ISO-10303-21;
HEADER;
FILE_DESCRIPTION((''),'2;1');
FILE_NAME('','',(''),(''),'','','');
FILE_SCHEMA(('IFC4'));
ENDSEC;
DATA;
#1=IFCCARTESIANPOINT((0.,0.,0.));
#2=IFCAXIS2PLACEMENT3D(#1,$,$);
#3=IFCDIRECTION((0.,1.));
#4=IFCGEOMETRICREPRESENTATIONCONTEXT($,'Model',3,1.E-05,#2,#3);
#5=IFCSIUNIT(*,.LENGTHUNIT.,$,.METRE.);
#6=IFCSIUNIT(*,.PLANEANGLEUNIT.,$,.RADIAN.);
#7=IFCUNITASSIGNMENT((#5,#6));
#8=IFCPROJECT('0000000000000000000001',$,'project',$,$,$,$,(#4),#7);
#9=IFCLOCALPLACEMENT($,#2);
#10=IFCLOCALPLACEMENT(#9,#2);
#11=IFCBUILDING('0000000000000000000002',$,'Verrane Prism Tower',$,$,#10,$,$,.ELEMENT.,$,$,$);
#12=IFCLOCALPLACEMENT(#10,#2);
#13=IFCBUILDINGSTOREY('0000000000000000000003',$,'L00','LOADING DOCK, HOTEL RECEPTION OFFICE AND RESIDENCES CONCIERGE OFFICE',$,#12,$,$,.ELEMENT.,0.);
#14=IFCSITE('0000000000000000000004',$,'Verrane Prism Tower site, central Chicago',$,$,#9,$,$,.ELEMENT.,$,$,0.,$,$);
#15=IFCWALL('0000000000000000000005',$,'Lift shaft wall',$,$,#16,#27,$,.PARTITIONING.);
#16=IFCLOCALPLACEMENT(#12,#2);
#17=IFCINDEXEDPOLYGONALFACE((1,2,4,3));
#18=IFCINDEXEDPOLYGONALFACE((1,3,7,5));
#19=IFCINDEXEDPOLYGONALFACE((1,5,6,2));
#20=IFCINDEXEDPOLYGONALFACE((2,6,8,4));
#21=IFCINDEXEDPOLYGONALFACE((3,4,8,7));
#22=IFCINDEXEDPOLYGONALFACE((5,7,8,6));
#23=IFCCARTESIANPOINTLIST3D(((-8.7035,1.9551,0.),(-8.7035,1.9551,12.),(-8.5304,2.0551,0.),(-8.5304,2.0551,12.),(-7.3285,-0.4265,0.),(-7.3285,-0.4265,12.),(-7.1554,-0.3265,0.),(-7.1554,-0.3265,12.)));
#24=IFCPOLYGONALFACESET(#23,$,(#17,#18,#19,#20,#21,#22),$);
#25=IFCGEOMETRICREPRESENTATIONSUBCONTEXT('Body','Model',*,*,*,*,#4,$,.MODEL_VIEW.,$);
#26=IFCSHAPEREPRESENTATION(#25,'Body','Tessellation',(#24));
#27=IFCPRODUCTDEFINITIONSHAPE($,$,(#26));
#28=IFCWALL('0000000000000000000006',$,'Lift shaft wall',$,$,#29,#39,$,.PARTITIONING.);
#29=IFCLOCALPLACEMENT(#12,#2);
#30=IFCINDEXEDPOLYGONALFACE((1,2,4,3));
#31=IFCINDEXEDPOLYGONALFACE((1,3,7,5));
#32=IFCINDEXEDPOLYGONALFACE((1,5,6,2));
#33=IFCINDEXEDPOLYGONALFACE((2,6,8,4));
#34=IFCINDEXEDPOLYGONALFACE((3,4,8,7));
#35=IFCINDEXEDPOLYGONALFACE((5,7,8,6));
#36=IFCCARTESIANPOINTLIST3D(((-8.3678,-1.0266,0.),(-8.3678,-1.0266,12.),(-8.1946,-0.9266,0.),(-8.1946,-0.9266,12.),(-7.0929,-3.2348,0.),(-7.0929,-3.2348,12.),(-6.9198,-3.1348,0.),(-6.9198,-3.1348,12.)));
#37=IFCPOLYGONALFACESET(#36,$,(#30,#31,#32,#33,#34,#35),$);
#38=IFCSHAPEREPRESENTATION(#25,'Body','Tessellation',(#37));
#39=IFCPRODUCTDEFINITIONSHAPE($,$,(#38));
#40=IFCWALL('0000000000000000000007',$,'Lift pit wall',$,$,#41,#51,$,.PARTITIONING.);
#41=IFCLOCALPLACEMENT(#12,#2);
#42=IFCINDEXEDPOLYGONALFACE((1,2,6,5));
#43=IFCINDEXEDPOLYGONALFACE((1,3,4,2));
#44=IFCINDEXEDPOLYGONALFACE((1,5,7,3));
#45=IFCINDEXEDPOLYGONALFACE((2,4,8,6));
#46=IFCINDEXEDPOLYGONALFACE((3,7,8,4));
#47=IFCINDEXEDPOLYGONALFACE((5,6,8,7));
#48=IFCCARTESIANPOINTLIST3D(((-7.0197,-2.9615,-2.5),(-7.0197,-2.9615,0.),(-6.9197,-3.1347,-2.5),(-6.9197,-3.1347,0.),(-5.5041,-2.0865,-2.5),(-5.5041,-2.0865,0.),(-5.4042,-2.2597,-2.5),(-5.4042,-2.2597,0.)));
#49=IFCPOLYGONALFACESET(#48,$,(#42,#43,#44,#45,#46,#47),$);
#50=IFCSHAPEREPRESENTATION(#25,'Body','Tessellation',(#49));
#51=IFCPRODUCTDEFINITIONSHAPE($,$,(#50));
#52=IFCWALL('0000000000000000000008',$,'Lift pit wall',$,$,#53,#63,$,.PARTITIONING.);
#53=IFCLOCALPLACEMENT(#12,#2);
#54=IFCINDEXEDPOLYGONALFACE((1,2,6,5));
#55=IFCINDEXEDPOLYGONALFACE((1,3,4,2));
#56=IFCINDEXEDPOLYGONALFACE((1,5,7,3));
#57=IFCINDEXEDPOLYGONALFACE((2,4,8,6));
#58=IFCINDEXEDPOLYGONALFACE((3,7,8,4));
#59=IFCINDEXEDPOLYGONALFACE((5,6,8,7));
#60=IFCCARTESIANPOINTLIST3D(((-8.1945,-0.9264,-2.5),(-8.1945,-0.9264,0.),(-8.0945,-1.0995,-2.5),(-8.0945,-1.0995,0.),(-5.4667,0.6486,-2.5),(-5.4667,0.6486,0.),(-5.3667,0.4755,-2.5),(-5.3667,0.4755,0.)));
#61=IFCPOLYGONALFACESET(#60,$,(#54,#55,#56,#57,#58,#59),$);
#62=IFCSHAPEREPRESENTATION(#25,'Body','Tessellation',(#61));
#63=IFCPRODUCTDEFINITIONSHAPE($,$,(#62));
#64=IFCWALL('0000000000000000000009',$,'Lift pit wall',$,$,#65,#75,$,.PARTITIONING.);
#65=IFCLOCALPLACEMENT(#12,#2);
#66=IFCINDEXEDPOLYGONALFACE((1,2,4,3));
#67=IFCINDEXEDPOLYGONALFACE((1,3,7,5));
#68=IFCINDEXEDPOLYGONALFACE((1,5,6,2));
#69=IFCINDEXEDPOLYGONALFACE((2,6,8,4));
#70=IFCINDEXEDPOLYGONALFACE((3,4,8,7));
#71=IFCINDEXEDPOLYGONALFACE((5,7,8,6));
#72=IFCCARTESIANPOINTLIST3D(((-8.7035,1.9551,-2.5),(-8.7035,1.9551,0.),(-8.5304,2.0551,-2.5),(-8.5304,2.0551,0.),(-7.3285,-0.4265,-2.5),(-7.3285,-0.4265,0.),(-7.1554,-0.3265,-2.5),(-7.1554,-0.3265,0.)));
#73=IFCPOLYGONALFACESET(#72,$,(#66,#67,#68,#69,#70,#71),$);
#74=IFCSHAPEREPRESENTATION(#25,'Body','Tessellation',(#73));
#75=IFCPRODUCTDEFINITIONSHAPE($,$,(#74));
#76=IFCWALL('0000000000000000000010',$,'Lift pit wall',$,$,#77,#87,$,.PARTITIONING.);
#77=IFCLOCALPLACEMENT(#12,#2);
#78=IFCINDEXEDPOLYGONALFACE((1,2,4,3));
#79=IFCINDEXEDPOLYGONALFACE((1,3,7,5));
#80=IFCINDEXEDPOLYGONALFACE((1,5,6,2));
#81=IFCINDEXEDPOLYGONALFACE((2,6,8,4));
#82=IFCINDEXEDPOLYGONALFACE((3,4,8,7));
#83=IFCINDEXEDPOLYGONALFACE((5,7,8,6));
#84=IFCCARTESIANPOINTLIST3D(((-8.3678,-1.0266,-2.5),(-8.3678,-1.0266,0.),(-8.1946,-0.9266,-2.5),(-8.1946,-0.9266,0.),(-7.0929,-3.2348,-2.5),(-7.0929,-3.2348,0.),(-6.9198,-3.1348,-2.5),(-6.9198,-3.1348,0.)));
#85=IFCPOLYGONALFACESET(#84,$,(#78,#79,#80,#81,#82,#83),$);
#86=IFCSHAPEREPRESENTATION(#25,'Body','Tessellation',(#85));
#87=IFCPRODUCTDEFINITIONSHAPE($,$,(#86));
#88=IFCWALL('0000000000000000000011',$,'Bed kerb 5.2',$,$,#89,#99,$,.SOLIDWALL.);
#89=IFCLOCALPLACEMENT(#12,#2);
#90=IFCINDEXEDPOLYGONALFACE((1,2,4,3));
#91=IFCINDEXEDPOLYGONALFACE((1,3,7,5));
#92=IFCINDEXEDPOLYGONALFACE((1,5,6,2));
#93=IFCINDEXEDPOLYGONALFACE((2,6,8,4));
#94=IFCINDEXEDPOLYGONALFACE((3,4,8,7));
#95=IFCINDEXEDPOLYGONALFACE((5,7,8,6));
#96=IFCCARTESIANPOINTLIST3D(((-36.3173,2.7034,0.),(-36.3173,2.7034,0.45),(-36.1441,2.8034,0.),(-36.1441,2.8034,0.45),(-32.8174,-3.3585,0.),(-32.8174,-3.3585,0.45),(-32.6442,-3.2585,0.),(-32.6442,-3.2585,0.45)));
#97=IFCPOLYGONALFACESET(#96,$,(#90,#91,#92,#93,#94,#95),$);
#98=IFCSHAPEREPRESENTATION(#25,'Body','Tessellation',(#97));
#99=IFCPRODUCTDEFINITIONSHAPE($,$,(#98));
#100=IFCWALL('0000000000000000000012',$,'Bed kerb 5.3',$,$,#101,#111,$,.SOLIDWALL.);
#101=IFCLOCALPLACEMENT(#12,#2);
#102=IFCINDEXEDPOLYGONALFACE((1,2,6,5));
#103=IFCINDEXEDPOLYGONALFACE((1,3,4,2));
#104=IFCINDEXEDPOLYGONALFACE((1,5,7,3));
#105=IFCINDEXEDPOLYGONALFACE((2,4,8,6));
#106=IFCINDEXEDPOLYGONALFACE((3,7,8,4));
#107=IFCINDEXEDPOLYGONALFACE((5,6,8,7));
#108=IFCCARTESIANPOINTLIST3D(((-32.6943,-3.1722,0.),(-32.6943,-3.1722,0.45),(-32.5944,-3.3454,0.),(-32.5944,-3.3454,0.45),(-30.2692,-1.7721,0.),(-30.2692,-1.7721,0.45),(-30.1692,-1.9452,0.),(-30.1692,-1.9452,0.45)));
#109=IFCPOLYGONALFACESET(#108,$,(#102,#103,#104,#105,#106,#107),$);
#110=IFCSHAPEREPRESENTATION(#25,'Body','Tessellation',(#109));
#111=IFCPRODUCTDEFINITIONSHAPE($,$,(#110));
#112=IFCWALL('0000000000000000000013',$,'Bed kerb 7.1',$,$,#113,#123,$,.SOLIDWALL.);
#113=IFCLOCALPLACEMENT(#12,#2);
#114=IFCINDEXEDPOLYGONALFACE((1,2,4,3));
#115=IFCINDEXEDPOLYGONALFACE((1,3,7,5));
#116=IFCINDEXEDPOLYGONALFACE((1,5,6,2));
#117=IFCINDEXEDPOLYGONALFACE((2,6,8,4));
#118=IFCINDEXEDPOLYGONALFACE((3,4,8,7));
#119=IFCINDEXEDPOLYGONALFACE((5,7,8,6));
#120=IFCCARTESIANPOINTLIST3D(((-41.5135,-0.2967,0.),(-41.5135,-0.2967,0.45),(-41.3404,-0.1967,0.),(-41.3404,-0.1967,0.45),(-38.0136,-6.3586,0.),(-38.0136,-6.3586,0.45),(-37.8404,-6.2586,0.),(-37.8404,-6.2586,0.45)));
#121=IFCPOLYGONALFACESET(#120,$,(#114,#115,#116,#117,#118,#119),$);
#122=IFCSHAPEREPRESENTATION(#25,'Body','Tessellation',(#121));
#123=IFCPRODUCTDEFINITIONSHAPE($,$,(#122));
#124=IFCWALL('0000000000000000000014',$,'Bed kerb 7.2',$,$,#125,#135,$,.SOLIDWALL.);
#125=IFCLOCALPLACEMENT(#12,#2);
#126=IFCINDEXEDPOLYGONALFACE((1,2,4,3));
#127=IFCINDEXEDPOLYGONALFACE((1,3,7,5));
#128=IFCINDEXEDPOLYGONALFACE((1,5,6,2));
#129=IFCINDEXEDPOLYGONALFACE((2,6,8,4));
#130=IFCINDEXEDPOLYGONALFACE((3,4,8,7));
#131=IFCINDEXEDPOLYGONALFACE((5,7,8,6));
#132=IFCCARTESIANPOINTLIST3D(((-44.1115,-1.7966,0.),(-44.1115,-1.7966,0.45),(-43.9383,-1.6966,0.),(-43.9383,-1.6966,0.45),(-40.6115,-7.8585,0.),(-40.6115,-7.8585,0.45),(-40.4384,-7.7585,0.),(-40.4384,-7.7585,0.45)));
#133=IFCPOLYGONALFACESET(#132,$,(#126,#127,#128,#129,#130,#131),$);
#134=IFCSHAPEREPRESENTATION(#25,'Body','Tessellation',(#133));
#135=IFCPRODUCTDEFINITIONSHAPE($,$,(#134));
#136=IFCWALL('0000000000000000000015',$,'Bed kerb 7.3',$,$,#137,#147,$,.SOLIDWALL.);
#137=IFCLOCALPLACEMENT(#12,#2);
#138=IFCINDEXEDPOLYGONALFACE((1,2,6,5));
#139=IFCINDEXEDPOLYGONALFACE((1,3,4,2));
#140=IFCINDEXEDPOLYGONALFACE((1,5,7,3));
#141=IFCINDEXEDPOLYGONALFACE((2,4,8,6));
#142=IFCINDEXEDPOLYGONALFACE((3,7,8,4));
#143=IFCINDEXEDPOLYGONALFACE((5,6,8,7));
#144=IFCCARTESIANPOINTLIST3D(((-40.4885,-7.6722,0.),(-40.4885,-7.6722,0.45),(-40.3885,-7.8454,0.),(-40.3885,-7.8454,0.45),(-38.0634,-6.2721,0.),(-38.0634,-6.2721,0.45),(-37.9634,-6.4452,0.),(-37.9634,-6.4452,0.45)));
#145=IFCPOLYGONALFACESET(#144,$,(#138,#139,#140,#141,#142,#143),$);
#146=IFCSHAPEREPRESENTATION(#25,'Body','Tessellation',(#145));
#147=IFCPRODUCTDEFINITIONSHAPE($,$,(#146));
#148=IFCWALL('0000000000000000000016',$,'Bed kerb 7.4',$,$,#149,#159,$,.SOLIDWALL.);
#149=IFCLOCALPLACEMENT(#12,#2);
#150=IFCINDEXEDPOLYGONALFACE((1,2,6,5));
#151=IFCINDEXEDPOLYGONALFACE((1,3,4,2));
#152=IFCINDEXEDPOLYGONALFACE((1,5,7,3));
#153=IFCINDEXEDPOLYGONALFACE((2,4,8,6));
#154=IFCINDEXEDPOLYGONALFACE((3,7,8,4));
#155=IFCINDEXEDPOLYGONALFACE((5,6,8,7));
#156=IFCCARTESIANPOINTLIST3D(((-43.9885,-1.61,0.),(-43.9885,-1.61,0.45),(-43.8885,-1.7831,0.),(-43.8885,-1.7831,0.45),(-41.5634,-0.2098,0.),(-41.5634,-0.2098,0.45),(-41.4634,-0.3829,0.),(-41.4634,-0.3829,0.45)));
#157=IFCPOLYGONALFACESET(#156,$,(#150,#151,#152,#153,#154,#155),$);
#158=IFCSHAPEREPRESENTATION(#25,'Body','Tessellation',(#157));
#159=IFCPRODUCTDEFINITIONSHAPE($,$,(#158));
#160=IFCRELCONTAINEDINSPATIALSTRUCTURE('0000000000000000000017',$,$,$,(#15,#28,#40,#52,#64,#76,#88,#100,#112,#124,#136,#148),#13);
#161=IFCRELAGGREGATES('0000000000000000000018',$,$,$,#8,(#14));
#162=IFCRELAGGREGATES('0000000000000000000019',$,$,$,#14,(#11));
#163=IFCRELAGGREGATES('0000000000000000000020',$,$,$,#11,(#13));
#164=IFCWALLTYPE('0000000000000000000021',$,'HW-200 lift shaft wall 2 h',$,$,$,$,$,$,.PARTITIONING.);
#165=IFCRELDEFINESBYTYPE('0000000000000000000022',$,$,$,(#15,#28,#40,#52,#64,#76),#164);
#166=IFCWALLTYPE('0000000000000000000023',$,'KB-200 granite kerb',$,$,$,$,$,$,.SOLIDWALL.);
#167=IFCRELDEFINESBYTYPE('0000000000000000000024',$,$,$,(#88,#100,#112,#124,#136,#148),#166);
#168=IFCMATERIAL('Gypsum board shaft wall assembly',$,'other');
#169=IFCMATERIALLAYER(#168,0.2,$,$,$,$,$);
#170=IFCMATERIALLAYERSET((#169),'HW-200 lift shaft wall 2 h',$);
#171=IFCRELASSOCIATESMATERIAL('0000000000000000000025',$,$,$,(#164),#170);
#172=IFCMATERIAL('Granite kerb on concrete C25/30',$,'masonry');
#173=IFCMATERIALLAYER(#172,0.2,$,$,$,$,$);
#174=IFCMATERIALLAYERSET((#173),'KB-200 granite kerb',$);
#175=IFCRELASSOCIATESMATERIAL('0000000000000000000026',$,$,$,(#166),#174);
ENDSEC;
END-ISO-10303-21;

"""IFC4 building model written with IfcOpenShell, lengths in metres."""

from ifc_helpers import new_model, si_unit, direction, frame, frame_2d, origin, place, context, subcontext, project, spatial, rectangle, extrude, material, layer, layer_set, type_object, element, save


model = new_model("IFC4")

# Units and contexts
model_context = context("Model", 3, precision=1e-05, world=origin(), true_north=direction((0.0, 1.0)))
body_context = subcontext(model_context, "Body", "Model", "MODEL_VIEW")
ifc_project = project(units=[si_unit("LENGTHUNIT", "METRE"), si_unit("PLANEANGLEUNIT", "RADIAN")], contexts=[model_context])

# Site, building, storey
site_placement = place(None, origin())
site = spatial("IfcSite", under=ifc_project, at=site_placement, Name="Verrane Prism Tower site, central Chicago", CompositionType="ELEMENT", RefElevation=0.0)
building_placement = place(site_placement, origin())
building = spatial("IfcBuilding", under=site, at=building_placement, Name="Verrane Prism Tower", CompositionType="ELEMENT")
storey_placement = place(building_placement, origin())
storey = spatial("IfcBuildingStorey", under=building, at=storey_placement, Name="L00", Description="LOADING DOCK, HOTEL RECEPTION OFFICE AND RESIDENCES CONCIERGE OFFICE", CompositionType="ELEMENT", Elevation=0.0)

# Walls
ifc_material_1 = material(Name="Gypsum board shaft wall assembly", Category="other")
ifc_layer_1 = layer(ifc_material_1, 0.2)
ifc_layer_set_1 = layer_set([ifc_layer_1], Name="HW-200 lift shaft wall 2 h")
wall_type_1 = type_object("IfcWallType", Name="HW-200 lift shaft wall 2 h", PredefinedType="PARTITIONING", material=ifc_layer_set_1)
wall_1_placement = place(storey_placement, frame((-7.2419, -0.3765, 0.0), z_axis=(0.0, 0.0, 1.0), x_axis=(-0.499997, 0.866027, 0.0)))
element("IfcWall", 1, at=wall_1_placement, inside=storey, type_object=wall_type_1, Name="Lift shaft wall", PredefinedType="PARTITIONING", context=body_context, shape_type="SweptSolid", body=[
    extrude(rectangle(XDim=2.75, YDim=0.2, at=frame_2d((1.375, 0.0))), origin(), (0.0, 0.0, 1.0), 12.0),
])
wall_2_placement = place(storey_placement, frame((-7.0063, -3.1848, 0.0), z_axis=(0.0, 0.0, 1.0), x_axis=(-0.49999, 0.866031, 0.0)))
element("IfcWall", 2, at=wall_2_placement, inside=storey, type_object=wall_type_1, Name="Lift shaft wall", PredefinedType="PARTITIONING", context=body_context, shape_type="SweptSolid", body=[
    extrude(rectangle(XDim=2.5498, YDim=0.2, at=frame_2d((1.2749, 0.0))), origin(), (0.0, 0.0, 1.0), 12.0),
])
wall_3_placement = place(storey_placement, frame((-6.9697, -3.0481, -2.5), z_axis=(0.0, 0.0, 1.0), x_axis=(0.866037, 0.49998, 0.0)))
element("IfcWall", 3, at=wall_3_placement, inside=storey, type_object=wall_type_1, Name="Lift pit wall", PredefinedType="PARTITIONING", context=body_context, shape_type="SweptSolid", body=[
    extrude(rectangle(XDim=1.75, YDim=0.2, at=frame_2d((0.875, 0.0))), origin(), (0.0, 0.0, 1.0), 2.5),
])
wall_4_placement = place(storey_placement, frame((-8.1445, -1.0129, -2.5), z_axis=(0.0, 0.0, 1.0), x_axis=(0.866016, 0.500015, 0.0)))
element("IfcWall", 4, at=wall_4_placement, inside=storey, type_object=wall_type_1, Name="Lift pit wall", PredefinedType="PARTITIONING", context=body_context, shape_type="SweptSolid", body=[
    extrude(rectangle(XDim=3.1499, YDim=0.2, at=frame_2d((1.575, 0.0))), origin(), (0.0, 0.0, 1.0), 2.5),
])
wall_5_placement = place(storey_placement, frame((-7.2419, -0.3765, -2.5), z_axis=(0.0, 0.0, 1.0), x_axis=(-0.499997, 0.866027, 0.0)))
element("IfcWall", 5, at=wall_5_placement, inside=storey, type_object=wall_type_1, Name="Lift pit wall", PredefinedType="PARTITIONING", context=body_context, shape_type="SweptSolid", body=[
    extrude(rectangle(XDim=2.75, YDim=0.2, at=frame_2d((1.375, 0.0))), origin(), (0.0, 0.0, 1.0), 2.5),
])
wall_6_placement = place(storey_placement, frame((-7.0063, -3.1848, -2.5), z_axis=(0.0, 0.0, 1.0), x_axis=(-0.49999, 0.866031, 0.0)))
element("IfcWall", 6, at=wall_6_placement, inside=storey, type_object=wall_type_1, Name="Lift pit wall", PredefinedType="PARTITIONING", context=body_context, shape_type="SweptSolid", body=[
    extrude(rectangle(XDim=2.5498, YDim=0.2, at=frame_2d((1.2749, 0.0))), origin(), (0.0, 0.0, 1.0), 2.5),
])
ifc_material_2 = material(Name="Granite kerb on concrete C25/30", Category="masonry")
ifc_layer_2 = layer(ifc_material_2, 0.2)
ifc_layer_set_2 = layer_set([ifc_layer_2], Name="KB-200 granite kerb")
wall_type_2 = type_object("IfcWallType", Name="KB-200 granite kerb", PredefinedType="SOLIDWALL", material=ifc_layer_set_2)
wall_7_placement = place(storey_placement, frame((-32.7307, -3.3086, 0.0), z_axis=(0.0, 0.0, 1.0), x_axis=(-0.50001, 0.866019, 0.0)))
element("IfcWall", 7, at=wall_7_placement, inside=storey, type_object=wall_type_2, Name="Bed kerb 5.2", PredefinedType="SOLIDWALL", context=body_context, shape_type="SweptSolid", body=[
    extrude(rectangle(XDim=6.9998, YDim=0.2, at=frame_2d((3.5, 0.0))), origin(), (0.0, 0.0, 1.0), 0.45),
])
wall_8_placement = place(storey_placement, frame((-30.2192, -1.8586, 0.0), z_axis=(0.0, 0.0, 1.0), x_axis=(-0.866019, -0.500012, 0.0)))
element("IfcWall", 8, at=wall_8_placement, inside=storey, type_object=wall_type_2, Name="Bed kerb 5.3", PredefinedType="SOLIDWALL", context=body_context, shape_type="SweptSolid", body=[
    extrude(rectangle(XDim=2.8003, YDim=0.2, at=frame_2d((1.4001, 0.0))), origin(), (0.0, 0.0, 1.0), 0.45),
])
for number, where, z_axis, x_axis, name in (
    (9, (-41.427, -0.2466, 0.0), (0.0, 0.0, 1.0), (0.50001, -0.866019, 0.0), "Bed kerb 7.1"),
    (10, (-40.5249, -7.8086, 0.0), (0.0, 0.0, 1.0), (-0.50001, 0.866019, 0.0), "Bed kerb 7.2"),
):
    element("IfcWall", number, at=place(storey_placement, frame(where, z_axis=z_axis, x_axis=x_axis)), inside=storey, type_object=wall_type_2, Name=name, PredefinedType="SOLIDWALL", context=body_context, shape_type="SweptSolid", body=[
        extrude(rectangle(XDim=6.9998, YDim=0.2, at=frame_2d((3.5, 0.0))), origin(), (0.0, 0.0, 1.0), 0.45),
    ])
for number, where, z_axis, x_axis, name in (
    (11, (-38.0134, -6.3586, 0.0), (0.0, 0.0, 1.0), (-0.866019, -0.500012, 0.0), "Bed kerb 7.3"),
    (12, (-43.9385, -1.6965, 0.0), (0.0, 0.0, 1.0), (0.866019, 0.500012, 0.0), "Bed kerb 7.4"),
):
    element("IfcWall", number, at=place(storey_placement, frame(where, z_axis=z_axis, x_axis=x_axis)), inside=storey, type_object=wall_type_2, Name=name, PredefinedType="SOLIDWALL", context=body_context, shape_type="SweptSolid", body=[
        extrude(rectangle(XDim=2.8003, YDim=0.2, at=frame_2d((1.4001, 0.0))), origin(), (0.0, 0.0, 1.0), 0.45),
    ])

save(model, "model.ifc")
